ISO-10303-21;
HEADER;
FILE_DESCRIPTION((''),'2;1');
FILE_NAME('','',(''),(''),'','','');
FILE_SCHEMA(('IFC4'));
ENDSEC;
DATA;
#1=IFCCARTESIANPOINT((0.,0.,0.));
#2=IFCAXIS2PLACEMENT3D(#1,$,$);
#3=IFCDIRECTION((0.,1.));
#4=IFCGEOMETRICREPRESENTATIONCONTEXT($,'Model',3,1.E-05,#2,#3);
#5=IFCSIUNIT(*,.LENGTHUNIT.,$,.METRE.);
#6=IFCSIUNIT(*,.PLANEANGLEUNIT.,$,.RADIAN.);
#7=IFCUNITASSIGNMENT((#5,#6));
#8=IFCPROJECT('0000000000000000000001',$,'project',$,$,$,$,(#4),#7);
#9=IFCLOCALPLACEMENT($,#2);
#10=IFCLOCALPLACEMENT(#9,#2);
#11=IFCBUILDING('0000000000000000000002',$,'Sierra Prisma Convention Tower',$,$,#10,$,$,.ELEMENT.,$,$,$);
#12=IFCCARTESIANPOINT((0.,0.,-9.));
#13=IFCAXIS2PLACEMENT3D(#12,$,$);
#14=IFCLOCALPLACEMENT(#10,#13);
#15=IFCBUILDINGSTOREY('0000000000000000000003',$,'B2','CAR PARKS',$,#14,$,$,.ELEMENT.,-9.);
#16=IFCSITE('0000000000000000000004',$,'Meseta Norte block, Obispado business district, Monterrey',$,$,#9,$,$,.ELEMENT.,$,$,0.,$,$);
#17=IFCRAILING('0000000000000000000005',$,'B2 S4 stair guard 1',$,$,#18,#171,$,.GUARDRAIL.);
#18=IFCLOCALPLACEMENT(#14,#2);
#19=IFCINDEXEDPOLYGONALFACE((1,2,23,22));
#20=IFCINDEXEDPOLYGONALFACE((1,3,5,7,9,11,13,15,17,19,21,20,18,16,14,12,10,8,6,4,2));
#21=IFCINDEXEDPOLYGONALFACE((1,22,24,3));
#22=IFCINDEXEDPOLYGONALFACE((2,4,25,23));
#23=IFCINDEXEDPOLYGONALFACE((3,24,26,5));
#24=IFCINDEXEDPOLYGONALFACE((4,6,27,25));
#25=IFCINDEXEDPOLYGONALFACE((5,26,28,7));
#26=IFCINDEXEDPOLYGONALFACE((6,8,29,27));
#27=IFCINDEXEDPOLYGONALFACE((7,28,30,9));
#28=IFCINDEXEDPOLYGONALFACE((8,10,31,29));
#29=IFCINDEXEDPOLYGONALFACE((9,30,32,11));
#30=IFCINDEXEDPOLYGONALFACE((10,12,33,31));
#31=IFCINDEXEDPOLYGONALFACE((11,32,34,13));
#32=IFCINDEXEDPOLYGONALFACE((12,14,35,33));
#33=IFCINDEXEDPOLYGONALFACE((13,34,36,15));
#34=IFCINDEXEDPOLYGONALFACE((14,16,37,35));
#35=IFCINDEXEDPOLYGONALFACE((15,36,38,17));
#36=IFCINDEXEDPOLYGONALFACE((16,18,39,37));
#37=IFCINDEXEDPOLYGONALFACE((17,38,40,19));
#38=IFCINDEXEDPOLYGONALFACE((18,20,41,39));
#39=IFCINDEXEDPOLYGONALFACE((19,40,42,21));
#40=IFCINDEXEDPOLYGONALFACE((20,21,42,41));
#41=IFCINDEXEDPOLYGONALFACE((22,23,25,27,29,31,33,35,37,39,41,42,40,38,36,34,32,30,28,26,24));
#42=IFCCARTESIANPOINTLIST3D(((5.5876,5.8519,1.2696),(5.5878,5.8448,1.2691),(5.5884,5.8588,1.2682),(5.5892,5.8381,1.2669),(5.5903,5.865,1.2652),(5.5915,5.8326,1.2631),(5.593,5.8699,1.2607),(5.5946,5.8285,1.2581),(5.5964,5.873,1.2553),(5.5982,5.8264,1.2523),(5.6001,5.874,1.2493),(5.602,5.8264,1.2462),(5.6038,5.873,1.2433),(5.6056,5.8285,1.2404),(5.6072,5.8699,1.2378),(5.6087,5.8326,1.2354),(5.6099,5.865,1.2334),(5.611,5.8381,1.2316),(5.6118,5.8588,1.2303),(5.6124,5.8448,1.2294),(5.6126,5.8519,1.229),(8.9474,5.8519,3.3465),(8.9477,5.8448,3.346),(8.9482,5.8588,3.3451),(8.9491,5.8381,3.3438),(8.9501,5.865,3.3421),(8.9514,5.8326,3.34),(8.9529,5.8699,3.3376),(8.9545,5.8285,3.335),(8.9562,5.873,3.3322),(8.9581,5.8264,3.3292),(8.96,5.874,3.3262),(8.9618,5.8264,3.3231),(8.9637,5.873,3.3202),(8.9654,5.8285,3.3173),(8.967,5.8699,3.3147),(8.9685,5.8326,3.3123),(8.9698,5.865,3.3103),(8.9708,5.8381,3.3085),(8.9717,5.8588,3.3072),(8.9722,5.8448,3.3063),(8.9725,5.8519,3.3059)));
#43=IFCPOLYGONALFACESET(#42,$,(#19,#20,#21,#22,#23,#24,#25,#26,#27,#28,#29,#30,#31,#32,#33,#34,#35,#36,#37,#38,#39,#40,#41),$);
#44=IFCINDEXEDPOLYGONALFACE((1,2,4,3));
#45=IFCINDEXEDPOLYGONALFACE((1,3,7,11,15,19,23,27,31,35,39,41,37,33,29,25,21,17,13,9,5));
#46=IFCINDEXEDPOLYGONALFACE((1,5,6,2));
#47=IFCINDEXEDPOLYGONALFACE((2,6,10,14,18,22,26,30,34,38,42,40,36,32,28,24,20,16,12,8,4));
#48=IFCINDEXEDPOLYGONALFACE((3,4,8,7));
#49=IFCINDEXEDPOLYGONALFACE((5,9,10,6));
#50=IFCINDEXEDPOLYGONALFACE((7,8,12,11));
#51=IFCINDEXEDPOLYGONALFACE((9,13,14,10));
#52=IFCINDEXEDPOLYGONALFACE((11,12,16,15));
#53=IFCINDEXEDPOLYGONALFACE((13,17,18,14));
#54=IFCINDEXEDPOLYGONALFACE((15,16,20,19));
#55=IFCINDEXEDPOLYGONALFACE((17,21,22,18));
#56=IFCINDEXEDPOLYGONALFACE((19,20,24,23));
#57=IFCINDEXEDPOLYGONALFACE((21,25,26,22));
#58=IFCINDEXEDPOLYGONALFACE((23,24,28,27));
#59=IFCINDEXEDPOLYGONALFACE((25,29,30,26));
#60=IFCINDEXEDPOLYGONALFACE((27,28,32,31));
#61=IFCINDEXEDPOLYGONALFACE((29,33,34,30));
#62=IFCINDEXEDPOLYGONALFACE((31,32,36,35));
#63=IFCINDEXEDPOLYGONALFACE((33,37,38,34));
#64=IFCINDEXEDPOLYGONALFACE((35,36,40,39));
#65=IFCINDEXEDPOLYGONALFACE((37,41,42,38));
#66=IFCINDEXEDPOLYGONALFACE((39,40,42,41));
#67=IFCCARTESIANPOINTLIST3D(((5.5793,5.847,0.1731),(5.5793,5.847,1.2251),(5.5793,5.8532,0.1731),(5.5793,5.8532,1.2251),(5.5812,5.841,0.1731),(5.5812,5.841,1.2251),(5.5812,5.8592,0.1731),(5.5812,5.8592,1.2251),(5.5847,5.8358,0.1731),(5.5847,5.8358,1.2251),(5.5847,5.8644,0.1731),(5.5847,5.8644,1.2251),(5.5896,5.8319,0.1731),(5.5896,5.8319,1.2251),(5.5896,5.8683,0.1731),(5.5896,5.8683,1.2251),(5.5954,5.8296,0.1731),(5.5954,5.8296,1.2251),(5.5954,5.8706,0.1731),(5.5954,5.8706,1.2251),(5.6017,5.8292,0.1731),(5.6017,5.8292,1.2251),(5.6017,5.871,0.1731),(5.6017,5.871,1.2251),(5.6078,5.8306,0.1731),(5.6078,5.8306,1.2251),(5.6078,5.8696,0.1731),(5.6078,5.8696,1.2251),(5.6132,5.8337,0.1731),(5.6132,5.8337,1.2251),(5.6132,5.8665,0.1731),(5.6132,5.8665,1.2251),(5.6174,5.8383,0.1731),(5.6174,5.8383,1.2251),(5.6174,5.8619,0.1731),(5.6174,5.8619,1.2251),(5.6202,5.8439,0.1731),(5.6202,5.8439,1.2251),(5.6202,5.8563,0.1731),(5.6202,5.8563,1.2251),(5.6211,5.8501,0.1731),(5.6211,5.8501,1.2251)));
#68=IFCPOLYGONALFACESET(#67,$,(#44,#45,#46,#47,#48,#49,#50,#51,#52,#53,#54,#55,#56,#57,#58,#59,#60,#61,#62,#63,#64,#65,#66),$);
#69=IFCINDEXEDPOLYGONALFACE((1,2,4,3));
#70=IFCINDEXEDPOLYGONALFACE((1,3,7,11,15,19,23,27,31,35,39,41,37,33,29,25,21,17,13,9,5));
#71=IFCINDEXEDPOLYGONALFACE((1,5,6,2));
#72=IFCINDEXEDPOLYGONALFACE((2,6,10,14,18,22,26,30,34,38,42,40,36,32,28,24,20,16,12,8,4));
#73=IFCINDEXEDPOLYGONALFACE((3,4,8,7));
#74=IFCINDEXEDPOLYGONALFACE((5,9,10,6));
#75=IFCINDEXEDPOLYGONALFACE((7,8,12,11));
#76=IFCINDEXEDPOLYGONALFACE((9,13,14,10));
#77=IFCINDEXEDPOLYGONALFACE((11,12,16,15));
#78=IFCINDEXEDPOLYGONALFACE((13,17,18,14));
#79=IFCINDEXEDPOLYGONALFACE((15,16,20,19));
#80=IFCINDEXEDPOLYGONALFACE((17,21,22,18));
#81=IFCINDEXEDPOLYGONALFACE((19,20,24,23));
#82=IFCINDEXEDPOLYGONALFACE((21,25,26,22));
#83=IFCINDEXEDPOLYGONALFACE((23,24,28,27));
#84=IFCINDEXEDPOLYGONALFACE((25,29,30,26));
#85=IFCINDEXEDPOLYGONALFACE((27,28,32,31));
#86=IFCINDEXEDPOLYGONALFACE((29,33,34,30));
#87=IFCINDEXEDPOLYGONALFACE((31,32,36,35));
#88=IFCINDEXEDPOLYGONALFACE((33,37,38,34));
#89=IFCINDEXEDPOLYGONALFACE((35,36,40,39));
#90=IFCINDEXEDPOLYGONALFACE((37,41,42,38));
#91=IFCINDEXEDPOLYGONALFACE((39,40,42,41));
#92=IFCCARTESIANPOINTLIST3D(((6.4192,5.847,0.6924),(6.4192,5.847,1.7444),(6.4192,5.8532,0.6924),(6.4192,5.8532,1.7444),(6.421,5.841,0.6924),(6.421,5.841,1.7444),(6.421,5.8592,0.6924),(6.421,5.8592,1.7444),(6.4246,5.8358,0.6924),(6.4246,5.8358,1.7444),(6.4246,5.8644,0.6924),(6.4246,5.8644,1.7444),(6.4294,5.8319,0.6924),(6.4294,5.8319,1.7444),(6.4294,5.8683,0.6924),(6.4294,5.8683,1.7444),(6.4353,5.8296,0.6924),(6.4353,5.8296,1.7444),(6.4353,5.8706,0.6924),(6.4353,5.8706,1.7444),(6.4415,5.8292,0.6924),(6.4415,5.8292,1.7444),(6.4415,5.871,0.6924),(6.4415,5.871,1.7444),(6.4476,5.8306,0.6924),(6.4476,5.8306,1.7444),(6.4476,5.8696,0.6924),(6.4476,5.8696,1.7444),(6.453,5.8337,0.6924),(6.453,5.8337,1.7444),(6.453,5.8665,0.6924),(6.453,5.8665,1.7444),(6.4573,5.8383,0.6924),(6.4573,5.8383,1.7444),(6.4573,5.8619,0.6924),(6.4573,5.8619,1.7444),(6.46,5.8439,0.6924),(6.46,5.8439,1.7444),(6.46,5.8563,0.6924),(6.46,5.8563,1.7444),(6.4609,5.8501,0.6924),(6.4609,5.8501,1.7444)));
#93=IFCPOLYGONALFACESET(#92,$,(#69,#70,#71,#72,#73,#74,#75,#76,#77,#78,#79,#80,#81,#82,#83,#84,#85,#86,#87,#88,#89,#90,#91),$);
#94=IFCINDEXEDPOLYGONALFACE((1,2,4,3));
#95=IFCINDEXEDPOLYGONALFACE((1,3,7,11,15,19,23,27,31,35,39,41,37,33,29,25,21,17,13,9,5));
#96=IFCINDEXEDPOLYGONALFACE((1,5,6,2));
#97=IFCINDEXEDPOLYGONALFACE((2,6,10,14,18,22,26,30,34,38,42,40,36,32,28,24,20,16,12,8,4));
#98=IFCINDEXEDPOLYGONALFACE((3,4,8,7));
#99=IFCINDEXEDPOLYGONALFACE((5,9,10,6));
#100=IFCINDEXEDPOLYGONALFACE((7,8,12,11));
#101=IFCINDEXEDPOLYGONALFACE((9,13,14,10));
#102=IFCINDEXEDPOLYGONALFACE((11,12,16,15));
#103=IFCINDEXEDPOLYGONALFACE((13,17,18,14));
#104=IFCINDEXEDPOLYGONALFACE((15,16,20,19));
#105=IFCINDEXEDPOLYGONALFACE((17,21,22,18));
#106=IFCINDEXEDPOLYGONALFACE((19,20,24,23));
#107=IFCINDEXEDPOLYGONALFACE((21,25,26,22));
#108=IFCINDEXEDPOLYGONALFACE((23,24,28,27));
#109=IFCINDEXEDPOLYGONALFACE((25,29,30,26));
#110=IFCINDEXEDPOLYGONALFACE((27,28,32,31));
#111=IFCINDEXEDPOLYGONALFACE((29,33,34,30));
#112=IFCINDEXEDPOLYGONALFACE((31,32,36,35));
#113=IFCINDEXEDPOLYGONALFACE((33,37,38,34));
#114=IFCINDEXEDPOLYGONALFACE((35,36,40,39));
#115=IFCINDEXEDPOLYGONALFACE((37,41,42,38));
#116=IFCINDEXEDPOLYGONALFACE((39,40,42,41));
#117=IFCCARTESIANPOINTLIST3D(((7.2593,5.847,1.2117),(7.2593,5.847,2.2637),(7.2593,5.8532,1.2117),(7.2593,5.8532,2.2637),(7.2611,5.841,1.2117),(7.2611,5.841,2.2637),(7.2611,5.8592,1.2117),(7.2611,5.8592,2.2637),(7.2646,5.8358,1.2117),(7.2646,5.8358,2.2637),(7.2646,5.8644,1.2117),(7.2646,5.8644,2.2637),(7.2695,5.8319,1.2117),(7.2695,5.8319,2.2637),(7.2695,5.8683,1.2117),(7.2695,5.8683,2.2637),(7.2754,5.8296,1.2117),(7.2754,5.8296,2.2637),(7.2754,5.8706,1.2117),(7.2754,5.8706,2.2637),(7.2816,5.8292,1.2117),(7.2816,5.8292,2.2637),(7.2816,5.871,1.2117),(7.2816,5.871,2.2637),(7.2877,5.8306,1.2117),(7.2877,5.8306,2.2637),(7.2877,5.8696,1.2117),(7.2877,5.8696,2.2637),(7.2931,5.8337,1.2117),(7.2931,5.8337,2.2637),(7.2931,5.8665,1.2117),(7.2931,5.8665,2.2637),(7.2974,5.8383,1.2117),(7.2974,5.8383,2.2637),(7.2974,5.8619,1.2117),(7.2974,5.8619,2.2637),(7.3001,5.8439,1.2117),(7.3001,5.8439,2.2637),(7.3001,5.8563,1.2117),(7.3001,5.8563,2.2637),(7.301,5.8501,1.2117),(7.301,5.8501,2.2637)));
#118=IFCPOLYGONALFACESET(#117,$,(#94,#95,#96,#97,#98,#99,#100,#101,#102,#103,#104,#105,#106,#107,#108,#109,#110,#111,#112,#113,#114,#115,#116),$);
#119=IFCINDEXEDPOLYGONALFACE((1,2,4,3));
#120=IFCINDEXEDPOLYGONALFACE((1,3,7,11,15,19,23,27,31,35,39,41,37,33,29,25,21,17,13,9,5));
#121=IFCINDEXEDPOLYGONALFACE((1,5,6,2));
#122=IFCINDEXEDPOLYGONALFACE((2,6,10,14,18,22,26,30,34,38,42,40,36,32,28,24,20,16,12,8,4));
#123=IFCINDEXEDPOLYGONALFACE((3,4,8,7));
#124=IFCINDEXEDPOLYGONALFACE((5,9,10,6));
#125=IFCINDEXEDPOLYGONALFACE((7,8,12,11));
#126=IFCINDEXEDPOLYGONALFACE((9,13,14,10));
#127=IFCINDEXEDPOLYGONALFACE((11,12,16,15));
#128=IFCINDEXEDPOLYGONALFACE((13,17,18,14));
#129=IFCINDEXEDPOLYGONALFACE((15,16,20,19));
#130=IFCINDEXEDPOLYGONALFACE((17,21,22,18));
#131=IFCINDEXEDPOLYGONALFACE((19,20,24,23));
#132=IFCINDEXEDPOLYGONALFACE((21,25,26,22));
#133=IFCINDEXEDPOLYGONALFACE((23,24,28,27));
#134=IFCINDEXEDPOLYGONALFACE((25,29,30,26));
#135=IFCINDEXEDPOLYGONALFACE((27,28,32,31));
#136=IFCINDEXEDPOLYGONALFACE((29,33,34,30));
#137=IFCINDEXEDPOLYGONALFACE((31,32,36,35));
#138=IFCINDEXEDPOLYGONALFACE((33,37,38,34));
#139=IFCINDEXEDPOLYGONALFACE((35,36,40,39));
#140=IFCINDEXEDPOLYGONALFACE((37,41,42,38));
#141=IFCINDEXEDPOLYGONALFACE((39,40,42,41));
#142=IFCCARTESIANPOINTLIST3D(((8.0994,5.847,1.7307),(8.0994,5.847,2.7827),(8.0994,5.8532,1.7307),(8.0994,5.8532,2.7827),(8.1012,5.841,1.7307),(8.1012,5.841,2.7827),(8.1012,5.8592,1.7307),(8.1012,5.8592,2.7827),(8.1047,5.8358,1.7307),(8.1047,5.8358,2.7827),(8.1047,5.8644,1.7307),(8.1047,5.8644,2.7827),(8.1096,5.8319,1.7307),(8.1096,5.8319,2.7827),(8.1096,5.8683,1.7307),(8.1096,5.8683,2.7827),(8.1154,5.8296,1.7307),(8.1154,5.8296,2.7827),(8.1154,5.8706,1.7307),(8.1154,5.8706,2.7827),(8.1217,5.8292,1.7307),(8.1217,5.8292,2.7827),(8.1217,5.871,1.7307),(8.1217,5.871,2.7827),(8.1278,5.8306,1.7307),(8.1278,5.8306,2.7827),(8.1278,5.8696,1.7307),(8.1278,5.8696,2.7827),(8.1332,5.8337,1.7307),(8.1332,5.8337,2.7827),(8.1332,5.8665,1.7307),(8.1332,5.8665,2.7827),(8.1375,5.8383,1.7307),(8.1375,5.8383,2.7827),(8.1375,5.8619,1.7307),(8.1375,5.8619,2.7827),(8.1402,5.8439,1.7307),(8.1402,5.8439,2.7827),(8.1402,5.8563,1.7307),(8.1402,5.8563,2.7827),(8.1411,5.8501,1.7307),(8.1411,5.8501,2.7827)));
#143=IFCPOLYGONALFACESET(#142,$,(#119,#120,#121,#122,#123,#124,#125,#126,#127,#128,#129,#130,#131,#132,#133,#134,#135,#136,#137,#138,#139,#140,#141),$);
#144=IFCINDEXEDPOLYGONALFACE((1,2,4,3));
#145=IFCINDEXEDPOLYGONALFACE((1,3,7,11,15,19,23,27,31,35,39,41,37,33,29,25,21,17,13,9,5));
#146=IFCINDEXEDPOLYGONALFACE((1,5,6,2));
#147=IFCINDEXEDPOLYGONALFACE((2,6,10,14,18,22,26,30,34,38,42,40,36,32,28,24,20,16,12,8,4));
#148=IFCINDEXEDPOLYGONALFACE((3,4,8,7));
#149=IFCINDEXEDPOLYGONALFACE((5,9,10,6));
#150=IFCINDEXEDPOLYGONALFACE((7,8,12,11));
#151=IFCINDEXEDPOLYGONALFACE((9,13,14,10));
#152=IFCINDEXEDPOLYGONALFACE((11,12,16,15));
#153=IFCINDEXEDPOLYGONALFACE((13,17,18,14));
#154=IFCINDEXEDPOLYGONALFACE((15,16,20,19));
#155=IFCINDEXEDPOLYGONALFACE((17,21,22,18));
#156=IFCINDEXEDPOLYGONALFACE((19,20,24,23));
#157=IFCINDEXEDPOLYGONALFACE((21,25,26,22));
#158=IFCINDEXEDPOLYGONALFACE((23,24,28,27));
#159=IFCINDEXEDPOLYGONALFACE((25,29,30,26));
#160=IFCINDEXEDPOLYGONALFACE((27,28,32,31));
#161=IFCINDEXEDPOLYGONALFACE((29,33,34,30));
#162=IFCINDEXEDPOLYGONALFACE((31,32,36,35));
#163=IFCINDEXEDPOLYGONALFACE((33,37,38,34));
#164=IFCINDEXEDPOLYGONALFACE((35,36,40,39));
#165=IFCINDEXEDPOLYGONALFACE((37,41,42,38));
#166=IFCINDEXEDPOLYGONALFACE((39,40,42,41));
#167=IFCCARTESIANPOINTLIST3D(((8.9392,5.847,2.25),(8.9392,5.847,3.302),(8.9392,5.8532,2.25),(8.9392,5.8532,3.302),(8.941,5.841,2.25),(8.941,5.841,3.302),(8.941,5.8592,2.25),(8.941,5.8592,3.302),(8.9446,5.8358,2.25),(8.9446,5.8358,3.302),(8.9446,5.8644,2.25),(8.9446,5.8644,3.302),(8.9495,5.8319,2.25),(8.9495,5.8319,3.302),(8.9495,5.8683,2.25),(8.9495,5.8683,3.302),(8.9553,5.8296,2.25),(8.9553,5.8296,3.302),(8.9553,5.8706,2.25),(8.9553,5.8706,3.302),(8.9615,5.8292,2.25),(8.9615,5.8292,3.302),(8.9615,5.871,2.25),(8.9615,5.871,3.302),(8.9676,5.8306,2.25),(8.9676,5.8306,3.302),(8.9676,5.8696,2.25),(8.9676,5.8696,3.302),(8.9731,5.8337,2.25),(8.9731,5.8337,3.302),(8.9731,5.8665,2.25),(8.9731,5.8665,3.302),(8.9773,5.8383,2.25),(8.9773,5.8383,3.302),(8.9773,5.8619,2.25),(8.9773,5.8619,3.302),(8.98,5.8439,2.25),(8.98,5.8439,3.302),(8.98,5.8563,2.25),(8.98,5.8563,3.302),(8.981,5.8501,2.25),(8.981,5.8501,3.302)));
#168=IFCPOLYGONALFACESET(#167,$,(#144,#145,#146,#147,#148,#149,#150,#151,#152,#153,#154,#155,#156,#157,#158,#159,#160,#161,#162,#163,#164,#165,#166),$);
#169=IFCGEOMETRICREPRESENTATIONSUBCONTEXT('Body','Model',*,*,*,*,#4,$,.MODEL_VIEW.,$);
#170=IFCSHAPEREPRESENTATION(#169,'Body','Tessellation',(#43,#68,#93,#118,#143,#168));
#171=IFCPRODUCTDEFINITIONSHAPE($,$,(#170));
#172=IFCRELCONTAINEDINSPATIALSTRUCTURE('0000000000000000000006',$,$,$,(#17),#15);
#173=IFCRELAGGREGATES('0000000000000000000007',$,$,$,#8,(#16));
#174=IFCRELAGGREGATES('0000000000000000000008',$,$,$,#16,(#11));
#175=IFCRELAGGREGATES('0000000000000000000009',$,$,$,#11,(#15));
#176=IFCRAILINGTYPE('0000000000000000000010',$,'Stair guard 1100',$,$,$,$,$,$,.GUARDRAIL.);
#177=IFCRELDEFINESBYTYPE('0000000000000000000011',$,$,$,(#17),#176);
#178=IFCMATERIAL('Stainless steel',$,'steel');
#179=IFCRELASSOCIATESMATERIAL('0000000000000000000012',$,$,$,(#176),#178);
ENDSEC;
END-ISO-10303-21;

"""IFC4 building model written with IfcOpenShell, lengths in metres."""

from ifc_helpers import new_model, si_unit, direction, frame, origin, origin_2d, place, context, subcontext, project, spatial, circle, extrude, material, type_object, element, save


model = new_model("IFC4")

# Units and contexts
model_context = context("Model", 3, precision=1e-05, world=origin(), true_north=direction((0.0, 1.0)))
body_context = subcontext(model_context, "Body", "Model", "MODEL_VIEW")
ifc_project = project(units=[si_unit("LENGTHUNIT", "METRE"), si_unit("PLANEANGLEUNIT", "RADIAN")], contexts=[model_context])

# Site, building, storey
site_placement = place(None, origin())
site = spatial("IfcSite", under=ifc_project, at=site_placement, Name="Meseta Norte block, Obispado business district, Monterrey", CompositionType="ELEMENT", RefElevation=0.0)
building_placement = place(site_placement, origin())
building = spatial("IfcBuilding", under=site, at=building_placement, Name="Sierra Prisma Convention Tower", CompositionType="ELEMENT")
storey_placement = place(building_placement, frame((0.0, 0.0, -9.0)))
storey = spatial("IfcBuildingStorey", under=building, at=storey_placement, Name="B2", Description="CAR PARKS", CompositionType="ELEMENT", Elevation=-9.0)

# Railing
ifc_material_1 = material(Name="Stainless steel", Category="steel")
railing_type_1 = type_object("IfcRailingType", Name="Stair guard 1100", PredefinedType="GUARDRAIL", material=ifc_material_1)
railing_1_placement = place(storey_placement, frame((5.6001, 5.8501, 0.1731)))
element("IfcRailing", 1, at=railing_1_placement, inside=storey, type_object=railing_type_1, Name="B2 S4 stair guard 1", PredefinedType="GUARDRAIL", context=body_context, shape_type="SweptSolid", body=[
    extrude(circle(Radius=0.0239, at=origin_2d()), frame((0.0, 0.0, 1.0762), z_axis=(0.850606, 0.0, 0.525803), x_axis=(0.0, 1.0, 0.0)), (0.0, 0.0, 1.0), 3.95),
    extrude(circle(Radius=0.021, at=origin_2d()), origin(), (0.0, 0.0, 1.0), 1.052),
    extrude(circle(Radius=0.021, at=origin_2d()), frame((0.8398, 0.0, 0.5193)), (0.0, 0.0, 1.0), 1.052),
    extrude(circle(Radius=0.021, at=origin_2d()), frame((1.6799, 0.0, 1.0386)), (0.0, 0.0, 1.0), 1.052),
    extrude(circle(Radius=0.021, at=origin_2d()), frame((2.52, 0.0, 1.5576)), (0.0, 0.0, 1.0), 1.052),
    extrude(circle(Radius=0.021, at=origin_2d()), frame((3.3599, 0.0, 2.0769)), (0.0, 0.0, 1.0), 1.052),
])

save(model, "model.ifc")
